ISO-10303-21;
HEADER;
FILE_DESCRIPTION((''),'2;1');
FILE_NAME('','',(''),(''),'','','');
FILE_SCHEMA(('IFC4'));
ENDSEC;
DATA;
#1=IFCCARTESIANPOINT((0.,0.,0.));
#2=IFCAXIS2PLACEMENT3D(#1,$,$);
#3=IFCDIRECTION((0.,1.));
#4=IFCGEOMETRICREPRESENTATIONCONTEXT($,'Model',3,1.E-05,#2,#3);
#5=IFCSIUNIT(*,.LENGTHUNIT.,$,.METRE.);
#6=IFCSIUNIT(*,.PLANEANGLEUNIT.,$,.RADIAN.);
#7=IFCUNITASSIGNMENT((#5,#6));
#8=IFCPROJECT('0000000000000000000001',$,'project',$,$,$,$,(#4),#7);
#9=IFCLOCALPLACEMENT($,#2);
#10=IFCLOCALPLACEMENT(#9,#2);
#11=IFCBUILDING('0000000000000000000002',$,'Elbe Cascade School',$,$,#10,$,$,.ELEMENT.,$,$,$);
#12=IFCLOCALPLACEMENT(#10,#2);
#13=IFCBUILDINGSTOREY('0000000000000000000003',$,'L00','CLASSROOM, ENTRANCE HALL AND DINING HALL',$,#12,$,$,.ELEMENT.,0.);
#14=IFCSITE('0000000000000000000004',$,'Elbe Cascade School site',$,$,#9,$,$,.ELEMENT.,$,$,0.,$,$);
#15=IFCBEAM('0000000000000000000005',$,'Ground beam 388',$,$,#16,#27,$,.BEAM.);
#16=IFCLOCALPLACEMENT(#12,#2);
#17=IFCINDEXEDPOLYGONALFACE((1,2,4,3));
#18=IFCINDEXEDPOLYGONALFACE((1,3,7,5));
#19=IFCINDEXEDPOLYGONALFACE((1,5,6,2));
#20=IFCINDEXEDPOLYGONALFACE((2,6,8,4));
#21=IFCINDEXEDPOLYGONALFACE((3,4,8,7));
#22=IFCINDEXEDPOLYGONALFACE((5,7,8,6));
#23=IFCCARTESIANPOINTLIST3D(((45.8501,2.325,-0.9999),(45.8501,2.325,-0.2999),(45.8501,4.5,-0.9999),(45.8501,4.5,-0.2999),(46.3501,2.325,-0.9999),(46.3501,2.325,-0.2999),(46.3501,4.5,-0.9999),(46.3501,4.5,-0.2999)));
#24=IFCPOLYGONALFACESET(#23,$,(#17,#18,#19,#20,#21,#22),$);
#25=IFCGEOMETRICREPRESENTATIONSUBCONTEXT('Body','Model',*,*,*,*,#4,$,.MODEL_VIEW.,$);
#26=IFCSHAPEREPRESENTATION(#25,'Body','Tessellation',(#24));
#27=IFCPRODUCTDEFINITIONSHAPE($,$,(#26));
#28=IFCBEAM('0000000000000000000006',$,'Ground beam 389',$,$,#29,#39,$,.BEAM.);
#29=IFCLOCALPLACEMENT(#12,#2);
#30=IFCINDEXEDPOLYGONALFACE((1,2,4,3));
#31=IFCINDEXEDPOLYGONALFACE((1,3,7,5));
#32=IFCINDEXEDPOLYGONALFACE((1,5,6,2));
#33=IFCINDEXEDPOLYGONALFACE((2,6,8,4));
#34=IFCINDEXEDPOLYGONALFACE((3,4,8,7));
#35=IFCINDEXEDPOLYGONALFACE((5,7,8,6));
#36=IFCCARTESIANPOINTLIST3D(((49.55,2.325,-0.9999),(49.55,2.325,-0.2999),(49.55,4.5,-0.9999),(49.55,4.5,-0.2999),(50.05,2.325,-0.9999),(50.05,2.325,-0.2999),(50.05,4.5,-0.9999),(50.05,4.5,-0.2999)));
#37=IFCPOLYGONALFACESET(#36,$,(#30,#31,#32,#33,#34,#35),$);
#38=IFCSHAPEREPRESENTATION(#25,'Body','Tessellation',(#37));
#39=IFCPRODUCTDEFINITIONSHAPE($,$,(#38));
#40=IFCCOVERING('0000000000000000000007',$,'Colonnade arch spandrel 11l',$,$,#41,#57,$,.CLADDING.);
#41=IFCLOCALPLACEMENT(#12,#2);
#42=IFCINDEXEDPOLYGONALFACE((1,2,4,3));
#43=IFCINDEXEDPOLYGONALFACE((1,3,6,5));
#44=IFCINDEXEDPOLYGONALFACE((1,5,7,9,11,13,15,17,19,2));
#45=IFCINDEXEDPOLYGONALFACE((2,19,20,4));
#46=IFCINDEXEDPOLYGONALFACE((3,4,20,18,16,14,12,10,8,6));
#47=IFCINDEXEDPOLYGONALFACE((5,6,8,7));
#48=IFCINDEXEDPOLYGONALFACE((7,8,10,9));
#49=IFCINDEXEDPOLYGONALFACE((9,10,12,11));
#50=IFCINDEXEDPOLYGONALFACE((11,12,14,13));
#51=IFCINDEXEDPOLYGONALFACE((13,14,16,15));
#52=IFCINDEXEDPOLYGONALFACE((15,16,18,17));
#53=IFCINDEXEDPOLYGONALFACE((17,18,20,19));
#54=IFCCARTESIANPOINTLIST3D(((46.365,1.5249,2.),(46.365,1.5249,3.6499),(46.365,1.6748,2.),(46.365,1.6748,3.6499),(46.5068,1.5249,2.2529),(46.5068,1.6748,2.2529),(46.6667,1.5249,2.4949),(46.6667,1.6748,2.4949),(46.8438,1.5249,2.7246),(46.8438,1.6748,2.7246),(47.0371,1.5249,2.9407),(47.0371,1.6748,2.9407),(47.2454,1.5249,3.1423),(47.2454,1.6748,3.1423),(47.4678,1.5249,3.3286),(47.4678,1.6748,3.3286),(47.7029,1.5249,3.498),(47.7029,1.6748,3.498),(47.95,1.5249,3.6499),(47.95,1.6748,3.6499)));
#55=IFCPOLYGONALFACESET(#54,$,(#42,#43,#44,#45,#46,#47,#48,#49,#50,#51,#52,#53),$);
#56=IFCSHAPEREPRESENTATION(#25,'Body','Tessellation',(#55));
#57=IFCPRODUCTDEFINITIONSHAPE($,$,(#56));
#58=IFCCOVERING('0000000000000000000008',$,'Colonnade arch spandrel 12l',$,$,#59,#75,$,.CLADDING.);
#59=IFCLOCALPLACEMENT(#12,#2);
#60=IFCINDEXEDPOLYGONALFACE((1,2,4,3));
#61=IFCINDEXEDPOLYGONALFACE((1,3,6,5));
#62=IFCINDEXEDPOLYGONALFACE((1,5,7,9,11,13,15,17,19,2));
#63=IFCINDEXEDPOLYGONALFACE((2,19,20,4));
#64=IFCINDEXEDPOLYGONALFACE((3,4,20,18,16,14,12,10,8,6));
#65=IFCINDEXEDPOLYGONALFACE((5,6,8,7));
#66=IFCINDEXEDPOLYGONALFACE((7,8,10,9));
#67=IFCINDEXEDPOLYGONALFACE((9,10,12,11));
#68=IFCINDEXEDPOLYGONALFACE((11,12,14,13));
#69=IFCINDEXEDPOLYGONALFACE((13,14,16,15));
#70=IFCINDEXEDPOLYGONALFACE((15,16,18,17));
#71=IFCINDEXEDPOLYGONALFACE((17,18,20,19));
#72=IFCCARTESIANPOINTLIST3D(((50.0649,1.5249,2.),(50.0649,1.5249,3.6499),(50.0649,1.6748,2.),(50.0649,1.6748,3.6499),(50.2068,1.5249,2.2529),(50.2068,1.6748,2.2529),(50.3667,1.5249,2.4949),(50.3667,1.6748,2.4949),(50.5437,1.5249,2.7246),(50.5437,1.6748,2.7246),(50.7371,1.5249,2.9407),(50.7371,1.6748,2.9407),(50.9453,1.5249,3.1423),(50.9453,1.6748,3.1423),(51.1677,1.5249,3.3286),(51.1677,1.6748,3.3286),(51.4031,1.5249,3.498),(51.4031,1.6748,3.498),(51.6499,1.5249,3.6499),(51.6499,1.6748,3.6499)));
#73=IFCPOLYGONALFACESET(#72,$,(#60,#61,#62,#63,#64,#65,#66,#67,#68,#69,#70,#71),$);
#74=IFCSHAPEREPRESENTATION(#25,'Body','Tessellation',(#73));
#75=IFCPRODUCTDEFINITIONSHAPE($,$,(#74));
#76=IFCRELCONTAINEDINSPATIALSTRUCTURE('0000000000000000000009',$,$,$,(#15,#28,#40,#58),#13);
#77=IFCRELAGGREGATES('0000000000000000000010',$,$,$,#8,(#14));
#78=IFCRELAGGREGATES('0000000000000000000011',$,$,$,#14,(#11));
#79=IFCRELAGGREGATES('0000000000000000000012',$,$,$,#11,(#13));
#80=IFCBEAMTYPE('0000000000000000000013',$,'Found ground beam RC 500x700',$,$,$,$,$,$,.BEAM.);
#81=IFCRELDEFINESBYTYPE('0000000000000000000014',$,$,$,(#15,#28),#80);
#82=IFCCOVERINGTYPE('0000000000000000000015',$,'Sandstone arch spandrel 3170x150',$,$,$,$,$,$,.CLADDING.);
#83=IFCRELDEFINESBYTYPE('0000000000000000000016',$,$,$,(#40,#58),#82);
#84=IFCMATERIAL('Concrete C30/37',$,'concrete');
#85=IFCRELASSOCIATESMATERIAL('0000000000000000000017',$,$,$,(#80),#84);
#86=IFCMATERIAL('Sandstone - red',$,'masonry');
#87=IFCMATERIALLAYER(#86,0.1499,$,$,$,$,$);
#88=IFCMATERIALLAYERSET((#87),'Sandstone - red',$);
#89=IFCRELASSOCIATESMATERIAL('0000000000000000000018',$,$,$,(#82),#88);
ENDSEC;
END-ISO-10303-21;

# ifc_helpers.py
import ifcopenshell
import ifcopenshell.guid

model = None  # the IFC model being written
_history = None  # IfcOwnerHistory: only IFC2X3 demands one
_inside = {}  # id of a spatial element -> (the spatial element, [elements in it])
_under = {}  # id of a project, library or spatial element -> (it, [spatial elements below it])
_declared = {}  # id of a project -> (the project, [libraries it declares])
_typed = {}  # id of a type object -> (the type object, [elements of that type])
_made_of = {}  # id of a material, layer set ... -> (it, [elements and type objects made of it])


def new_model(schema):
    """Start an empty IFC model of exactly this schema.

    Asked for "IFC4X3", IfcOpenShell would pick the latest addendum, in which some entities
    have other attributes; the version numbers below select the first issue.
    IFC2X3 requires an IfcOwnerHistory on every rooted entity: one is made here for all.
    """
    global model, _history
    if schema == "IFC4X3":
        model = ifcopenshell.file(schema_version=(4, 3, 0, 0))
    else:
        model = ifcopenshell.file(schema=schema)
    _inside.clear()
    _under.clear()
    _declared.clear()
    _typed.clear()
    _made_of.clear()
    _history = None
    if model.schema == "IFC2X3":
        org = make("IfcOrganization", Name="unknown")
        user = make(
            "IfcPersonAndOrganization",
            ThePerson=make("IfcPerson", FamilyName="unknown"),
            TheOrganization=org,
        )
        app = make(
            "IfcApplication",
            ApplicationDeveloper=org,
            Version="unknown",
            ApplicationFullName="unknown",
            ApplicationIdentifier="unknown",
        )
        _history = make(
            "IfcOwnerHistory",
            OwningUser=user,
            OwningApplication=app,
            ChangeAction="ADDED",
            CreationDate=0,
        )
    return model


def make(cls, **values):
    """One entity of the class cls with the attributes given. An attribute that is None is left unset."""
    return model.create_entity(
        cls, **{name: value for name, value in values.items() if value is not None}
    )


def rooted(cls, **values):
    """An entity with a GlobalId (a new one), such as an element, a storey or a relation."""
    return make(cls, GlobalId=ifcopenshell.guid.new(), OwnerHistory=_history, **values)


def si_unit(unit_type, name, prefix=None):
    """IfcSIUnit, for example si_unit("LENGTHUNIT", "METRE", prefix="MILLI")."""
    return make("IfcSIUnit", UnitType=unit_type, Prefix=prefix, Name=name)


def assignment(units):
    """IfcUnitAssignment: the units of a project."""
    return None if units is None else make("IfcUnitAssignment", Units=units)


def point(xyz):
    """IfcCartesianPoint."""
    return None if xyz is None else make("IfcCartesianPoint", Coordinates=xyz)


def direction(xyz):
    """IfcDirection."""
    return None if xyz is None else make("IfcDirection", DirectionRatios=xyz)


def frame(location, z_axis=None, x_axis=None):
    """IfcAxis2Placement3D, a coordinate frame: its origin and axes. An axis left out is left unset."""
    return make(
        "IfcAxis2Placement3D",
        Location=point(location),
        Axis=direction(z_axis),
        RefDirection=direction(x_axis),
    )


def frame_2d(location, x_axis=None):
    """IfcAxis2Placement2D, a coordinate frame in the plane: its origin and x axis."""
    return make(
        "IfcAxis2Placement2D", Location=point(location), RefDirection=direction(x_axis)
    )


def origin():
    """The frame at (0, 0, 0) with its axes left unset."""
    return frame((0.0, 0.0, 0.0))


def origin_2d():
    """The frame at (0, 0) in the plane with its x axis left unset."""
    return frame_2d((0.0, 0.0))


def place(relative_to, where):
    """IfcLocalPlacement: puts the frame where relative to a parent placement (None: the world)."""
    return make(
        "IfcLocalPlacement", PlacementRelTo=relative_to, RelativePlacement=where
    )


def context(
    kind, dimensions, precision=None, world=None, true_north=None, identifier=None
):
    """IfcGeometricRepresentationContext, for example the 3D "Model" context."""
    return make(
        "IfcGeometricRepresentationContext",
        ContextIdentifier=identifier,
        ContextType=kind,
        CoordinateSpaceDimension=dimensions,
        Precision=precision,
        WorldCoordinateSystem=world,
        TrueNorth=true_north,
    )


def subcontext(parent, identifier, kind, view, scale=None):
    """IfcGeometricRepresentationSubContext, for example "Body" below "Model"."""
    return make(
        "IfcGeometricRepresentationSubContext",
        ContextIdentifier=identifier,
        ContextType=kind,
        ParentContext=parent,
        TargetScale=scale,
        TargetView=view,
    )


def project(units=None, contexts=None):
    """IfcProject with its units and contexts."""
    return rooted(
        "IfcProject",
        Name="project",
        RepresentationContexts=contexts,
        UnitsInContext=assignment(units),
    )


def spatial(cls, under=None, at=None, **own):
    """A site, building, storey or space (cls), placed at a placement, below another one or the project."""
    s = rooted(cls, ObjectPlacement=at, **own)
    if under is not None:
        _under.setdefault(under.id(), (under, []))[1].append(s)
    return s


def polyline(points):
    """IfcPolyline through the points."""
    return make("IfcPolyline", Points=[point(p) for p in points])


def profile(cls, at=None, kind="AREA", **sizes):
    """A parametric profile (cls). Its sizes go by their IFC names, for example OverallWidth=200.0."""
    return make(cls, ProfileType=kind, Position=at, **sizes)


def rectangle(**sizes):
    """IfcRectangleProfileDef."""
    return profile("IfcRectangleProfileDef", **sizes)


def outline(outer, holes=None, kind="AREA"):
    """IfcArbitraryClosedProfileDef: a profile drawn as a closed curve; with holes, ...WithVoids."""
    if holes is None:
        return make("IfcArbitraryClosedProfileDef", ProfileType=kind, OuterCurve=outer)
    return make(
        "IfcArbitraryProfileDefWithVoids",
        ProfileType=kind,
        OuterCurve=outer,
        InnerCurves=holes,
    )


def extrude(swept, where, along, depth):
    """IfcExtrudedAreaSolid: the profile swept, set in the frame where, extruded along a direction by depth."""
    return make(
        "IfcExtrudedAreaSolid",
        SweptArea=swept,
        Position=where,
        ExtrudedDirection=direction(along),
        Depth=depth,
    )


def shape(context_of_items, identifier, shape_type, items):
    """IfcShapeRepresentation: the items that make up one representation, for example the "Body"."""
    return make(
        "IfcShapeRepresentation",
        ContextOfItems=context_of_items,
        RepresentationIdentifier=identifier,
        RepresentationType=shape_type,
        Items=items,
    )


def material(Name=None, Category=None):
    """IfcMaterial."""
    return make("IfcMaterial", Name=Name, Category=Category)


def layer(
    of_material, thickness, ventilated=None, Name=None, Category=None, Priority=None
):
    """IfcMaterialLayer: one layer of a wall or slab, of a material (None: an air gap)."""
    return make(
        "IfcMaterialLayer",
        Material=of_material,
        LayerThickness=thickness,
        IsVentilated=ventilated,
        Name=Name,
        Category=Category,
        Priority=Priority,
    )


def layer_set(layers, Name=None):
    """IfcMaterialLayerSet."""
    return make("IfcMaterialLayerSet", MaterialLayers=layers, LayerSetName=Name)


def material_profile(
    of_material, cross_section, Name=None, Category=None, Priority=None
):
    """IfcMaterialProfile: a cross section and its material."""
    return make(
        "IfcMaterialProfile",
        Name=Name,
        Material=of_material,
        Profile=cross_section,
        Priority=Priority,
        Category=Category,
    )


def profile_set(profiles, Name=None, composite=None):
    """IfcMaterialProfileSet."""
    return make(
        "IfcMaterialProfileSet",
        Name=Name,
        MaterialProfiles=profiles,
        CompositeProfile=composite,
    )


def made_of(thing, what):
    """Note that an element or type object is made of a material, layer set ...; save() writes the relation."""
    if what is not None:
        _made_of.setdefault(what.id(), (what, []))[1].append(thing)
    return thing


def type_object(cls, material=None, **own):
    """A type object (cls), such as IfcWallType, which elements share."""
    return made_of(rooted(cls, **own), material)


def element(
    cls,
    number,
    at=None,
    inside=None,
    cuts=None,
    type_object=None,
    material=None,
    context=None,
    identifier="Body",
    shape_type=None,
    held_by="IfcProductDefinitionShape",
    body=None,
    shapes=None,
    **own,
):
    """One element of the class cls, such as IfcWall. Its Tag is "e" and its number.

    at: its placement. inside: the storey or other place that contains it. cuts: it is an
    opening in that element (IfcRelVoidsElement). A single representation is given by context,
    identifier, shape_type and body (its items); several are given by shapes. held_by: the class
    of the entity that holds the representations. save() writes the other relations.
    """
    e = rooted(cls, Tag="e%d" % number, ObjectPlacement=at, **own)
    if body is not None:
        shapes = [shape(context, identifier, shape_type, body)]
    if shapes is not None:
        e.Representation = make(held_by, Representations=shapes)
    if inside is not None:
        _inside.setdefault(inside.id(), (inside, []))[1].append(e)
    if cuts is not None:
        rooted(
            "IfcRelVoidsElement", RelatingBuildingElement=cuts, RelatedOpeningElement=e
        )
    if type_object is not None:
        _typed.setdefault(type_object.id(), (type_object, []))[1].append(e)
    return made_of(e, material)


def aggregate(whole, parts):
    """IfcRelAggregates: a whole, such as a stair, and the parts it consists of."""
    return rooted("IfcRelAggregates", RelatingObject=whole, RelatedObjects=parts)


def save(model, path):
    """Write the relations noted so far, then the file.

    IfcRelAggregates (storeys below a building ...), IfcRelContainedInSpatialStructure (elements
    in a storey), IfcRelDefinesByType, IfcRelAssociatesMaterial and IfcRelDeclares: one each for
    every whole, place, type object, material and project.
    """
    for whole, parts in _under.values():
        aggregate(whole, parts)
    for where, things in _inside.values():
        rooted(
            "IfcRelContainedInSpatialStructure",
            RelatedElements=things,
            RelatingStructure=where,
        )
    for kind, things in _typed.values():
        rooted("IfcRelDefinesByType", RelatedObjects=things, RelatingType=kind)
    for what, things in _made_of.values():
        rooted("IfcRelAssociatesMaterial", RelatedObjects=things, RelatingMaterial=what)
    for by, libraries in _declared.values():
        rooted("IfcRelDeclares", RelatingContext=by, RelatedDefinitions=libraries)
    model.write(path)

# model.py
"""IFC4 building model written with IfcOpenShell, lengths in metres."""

from ifc_helpers import new_model, si_unit, direction, frame, origin, origin_2d, place, context, subcontext, project, spatial, polyline, rectangle, outline, extrude, material, layer, layer_set, material_profile, profile_set, type_object, element, save


model = new_model("IFC4")

# Units and contexts
model_context = context("Model", 3, precision=1e-05, world=origin(), true_north=direction((0.0, 1.0)))
body_context = subcontext(model_context, "Body", "Model", "MODEL_VIEW")
ifc_project = project(units=[si_unit("LENGTHUNIT", "METRE"), si_unit("PLANEANGLEUNIT", "RADIAN")], contexts=[model_context])

# Site, building, storey
site_placement = place(None, origin())
site = spatial("IfcSite", under=ifc_project, at=site_placement, Name="Elbe Cascade School site", CompositionType="ELEMENT", RefElevation=0.0)
building_placement = place(site_placement, origin())
building = spatial("IfcBuilding", under=site, at=building_placement, Name="Elbe Cascade School", CompositionType="ELEMENT")
storey_placement = place(building_placement, origin())
storey = spatial("IfcBuildingStorey", under=building, at=storey_placement, Name="L00", Description="CLASSROOM, ENTRANCE HALL AND DINING HALL", CompositionType="ELEMENT", Elevation=0.0)

# Beams
ifc_material_1 = material(Name="Concrete C30/37", Category="concrete")
ifc_material_profile_1 = material_profile(ifc_material_1, rectangle(XDim=0.5, YDim=0.7, at=origin_2d()), Name="RC 500x700")
ifc_profile_set_1 = profile_set([ifc_material_profile_1], Name="Concrete C30/37")
beam_type_1 = type_object("IfcBeamType", Name="Found ground beam RC 500x700", PredefinedType="BEAM", material=ifc_profile_set_1)
for number, where, z_axis, x_axis, name in (
    (1, (46.1001, 2.325, -0.6499), (0.0, 1.0, 0.0), (-1.0, 0.0, 0.0), "Ground beam 388"),
    (2, (49.8, 2.325, -0.6499), (0.0, 1.0, 0.0), (-1.0, 0.0, 0.0), "Ground beam 389"),
):
    element("IfcBeam", number, at=place(storey_placement, frame(where, z_axis=z_axis, x_axis=x_axis)), inside=storey, type_object=beam_type_1, Name=name, PredefinedType="BEAM", context=body_context, shape_type="SweptSolid", body=[
        extrude(rectangle(XDim=0.5, YDim=0.7, at=origin_2d()), origin(), (0.0, 0.0, 1.0), 2.175),
    ])

# Coverings
ifc_material_2 = material(Name="Sandstone - red", Category="masonry")
ifc_layer_1 = layer(ifc_material_2, 0.1499)
ifc_layer_set_1 = layer_set([ifc_layer_1], Name="Sandstone - red")
covering_type_1 = type_object("IfcCoveringType", Name="Sandstone arch spandrel 3170x150", PredefinedType="CLADDING", material=ifc_layer_set_1)
covering_1_placement = place(storey_placement, frame((46.365, 1.5249, 3.6499), z_axis=(0.0, -1.0, 0.0), x_axis=(0.0, 0.0, -1.0)))
element("IfcCovering", 3, at=covering_1_placement, inside=storey, type_object=covering_type_1, Name="Colonnade arch spandrel 11l", PredefinedType="CLADDING", context=body_context, shape_type="SweptSolid", body=[
    extrude(outline(polyline([(0.0, 0.0), (1.6499, 0.0), (1.397, 0.1418), (1.155, 0.3018), (0.9253, 0.4788), (0.7092, 0.6721), (0.5076, 0.8804), (0.3213, 1.1028), (0.1519, 1.3379), (0.0, 1.585), (0.0, 0.0)])), origin(), (0.0, 0.0, -1.0), 0.1499),
])
covering_2_placement = place(storey_placement, frame((50.0649, 1.5249, 3.6499), z_axis=(0.0, -1.0, 0.0), x_axis=(0.0, 0.0, -1.0)))
element("IfcCovering", 4, at=covering_2_placement, inside=storey, type_object=covering_type_1, Name="Colonnade arch spandrel 12l", PredefinedType="CLADDING", context=body_context, shape_type="SweptSolid", body=[
    extrude(outline(polyline([(0.0, 0.0), (1.6499, 0.0), (1.397, 0.1418), (1.155, 0.3018), (0.9253, 0.4788), (0.7092, 0.6721), (0.5076, 0.8804), (0.3213, 1.1028), (0.1519, 1.3381), (0.0, 1.585), (0.0, 0.0)])), origin(), (0.0, 0.0, -1.0), 0.1499),
])

save(model, "model.ifc")
